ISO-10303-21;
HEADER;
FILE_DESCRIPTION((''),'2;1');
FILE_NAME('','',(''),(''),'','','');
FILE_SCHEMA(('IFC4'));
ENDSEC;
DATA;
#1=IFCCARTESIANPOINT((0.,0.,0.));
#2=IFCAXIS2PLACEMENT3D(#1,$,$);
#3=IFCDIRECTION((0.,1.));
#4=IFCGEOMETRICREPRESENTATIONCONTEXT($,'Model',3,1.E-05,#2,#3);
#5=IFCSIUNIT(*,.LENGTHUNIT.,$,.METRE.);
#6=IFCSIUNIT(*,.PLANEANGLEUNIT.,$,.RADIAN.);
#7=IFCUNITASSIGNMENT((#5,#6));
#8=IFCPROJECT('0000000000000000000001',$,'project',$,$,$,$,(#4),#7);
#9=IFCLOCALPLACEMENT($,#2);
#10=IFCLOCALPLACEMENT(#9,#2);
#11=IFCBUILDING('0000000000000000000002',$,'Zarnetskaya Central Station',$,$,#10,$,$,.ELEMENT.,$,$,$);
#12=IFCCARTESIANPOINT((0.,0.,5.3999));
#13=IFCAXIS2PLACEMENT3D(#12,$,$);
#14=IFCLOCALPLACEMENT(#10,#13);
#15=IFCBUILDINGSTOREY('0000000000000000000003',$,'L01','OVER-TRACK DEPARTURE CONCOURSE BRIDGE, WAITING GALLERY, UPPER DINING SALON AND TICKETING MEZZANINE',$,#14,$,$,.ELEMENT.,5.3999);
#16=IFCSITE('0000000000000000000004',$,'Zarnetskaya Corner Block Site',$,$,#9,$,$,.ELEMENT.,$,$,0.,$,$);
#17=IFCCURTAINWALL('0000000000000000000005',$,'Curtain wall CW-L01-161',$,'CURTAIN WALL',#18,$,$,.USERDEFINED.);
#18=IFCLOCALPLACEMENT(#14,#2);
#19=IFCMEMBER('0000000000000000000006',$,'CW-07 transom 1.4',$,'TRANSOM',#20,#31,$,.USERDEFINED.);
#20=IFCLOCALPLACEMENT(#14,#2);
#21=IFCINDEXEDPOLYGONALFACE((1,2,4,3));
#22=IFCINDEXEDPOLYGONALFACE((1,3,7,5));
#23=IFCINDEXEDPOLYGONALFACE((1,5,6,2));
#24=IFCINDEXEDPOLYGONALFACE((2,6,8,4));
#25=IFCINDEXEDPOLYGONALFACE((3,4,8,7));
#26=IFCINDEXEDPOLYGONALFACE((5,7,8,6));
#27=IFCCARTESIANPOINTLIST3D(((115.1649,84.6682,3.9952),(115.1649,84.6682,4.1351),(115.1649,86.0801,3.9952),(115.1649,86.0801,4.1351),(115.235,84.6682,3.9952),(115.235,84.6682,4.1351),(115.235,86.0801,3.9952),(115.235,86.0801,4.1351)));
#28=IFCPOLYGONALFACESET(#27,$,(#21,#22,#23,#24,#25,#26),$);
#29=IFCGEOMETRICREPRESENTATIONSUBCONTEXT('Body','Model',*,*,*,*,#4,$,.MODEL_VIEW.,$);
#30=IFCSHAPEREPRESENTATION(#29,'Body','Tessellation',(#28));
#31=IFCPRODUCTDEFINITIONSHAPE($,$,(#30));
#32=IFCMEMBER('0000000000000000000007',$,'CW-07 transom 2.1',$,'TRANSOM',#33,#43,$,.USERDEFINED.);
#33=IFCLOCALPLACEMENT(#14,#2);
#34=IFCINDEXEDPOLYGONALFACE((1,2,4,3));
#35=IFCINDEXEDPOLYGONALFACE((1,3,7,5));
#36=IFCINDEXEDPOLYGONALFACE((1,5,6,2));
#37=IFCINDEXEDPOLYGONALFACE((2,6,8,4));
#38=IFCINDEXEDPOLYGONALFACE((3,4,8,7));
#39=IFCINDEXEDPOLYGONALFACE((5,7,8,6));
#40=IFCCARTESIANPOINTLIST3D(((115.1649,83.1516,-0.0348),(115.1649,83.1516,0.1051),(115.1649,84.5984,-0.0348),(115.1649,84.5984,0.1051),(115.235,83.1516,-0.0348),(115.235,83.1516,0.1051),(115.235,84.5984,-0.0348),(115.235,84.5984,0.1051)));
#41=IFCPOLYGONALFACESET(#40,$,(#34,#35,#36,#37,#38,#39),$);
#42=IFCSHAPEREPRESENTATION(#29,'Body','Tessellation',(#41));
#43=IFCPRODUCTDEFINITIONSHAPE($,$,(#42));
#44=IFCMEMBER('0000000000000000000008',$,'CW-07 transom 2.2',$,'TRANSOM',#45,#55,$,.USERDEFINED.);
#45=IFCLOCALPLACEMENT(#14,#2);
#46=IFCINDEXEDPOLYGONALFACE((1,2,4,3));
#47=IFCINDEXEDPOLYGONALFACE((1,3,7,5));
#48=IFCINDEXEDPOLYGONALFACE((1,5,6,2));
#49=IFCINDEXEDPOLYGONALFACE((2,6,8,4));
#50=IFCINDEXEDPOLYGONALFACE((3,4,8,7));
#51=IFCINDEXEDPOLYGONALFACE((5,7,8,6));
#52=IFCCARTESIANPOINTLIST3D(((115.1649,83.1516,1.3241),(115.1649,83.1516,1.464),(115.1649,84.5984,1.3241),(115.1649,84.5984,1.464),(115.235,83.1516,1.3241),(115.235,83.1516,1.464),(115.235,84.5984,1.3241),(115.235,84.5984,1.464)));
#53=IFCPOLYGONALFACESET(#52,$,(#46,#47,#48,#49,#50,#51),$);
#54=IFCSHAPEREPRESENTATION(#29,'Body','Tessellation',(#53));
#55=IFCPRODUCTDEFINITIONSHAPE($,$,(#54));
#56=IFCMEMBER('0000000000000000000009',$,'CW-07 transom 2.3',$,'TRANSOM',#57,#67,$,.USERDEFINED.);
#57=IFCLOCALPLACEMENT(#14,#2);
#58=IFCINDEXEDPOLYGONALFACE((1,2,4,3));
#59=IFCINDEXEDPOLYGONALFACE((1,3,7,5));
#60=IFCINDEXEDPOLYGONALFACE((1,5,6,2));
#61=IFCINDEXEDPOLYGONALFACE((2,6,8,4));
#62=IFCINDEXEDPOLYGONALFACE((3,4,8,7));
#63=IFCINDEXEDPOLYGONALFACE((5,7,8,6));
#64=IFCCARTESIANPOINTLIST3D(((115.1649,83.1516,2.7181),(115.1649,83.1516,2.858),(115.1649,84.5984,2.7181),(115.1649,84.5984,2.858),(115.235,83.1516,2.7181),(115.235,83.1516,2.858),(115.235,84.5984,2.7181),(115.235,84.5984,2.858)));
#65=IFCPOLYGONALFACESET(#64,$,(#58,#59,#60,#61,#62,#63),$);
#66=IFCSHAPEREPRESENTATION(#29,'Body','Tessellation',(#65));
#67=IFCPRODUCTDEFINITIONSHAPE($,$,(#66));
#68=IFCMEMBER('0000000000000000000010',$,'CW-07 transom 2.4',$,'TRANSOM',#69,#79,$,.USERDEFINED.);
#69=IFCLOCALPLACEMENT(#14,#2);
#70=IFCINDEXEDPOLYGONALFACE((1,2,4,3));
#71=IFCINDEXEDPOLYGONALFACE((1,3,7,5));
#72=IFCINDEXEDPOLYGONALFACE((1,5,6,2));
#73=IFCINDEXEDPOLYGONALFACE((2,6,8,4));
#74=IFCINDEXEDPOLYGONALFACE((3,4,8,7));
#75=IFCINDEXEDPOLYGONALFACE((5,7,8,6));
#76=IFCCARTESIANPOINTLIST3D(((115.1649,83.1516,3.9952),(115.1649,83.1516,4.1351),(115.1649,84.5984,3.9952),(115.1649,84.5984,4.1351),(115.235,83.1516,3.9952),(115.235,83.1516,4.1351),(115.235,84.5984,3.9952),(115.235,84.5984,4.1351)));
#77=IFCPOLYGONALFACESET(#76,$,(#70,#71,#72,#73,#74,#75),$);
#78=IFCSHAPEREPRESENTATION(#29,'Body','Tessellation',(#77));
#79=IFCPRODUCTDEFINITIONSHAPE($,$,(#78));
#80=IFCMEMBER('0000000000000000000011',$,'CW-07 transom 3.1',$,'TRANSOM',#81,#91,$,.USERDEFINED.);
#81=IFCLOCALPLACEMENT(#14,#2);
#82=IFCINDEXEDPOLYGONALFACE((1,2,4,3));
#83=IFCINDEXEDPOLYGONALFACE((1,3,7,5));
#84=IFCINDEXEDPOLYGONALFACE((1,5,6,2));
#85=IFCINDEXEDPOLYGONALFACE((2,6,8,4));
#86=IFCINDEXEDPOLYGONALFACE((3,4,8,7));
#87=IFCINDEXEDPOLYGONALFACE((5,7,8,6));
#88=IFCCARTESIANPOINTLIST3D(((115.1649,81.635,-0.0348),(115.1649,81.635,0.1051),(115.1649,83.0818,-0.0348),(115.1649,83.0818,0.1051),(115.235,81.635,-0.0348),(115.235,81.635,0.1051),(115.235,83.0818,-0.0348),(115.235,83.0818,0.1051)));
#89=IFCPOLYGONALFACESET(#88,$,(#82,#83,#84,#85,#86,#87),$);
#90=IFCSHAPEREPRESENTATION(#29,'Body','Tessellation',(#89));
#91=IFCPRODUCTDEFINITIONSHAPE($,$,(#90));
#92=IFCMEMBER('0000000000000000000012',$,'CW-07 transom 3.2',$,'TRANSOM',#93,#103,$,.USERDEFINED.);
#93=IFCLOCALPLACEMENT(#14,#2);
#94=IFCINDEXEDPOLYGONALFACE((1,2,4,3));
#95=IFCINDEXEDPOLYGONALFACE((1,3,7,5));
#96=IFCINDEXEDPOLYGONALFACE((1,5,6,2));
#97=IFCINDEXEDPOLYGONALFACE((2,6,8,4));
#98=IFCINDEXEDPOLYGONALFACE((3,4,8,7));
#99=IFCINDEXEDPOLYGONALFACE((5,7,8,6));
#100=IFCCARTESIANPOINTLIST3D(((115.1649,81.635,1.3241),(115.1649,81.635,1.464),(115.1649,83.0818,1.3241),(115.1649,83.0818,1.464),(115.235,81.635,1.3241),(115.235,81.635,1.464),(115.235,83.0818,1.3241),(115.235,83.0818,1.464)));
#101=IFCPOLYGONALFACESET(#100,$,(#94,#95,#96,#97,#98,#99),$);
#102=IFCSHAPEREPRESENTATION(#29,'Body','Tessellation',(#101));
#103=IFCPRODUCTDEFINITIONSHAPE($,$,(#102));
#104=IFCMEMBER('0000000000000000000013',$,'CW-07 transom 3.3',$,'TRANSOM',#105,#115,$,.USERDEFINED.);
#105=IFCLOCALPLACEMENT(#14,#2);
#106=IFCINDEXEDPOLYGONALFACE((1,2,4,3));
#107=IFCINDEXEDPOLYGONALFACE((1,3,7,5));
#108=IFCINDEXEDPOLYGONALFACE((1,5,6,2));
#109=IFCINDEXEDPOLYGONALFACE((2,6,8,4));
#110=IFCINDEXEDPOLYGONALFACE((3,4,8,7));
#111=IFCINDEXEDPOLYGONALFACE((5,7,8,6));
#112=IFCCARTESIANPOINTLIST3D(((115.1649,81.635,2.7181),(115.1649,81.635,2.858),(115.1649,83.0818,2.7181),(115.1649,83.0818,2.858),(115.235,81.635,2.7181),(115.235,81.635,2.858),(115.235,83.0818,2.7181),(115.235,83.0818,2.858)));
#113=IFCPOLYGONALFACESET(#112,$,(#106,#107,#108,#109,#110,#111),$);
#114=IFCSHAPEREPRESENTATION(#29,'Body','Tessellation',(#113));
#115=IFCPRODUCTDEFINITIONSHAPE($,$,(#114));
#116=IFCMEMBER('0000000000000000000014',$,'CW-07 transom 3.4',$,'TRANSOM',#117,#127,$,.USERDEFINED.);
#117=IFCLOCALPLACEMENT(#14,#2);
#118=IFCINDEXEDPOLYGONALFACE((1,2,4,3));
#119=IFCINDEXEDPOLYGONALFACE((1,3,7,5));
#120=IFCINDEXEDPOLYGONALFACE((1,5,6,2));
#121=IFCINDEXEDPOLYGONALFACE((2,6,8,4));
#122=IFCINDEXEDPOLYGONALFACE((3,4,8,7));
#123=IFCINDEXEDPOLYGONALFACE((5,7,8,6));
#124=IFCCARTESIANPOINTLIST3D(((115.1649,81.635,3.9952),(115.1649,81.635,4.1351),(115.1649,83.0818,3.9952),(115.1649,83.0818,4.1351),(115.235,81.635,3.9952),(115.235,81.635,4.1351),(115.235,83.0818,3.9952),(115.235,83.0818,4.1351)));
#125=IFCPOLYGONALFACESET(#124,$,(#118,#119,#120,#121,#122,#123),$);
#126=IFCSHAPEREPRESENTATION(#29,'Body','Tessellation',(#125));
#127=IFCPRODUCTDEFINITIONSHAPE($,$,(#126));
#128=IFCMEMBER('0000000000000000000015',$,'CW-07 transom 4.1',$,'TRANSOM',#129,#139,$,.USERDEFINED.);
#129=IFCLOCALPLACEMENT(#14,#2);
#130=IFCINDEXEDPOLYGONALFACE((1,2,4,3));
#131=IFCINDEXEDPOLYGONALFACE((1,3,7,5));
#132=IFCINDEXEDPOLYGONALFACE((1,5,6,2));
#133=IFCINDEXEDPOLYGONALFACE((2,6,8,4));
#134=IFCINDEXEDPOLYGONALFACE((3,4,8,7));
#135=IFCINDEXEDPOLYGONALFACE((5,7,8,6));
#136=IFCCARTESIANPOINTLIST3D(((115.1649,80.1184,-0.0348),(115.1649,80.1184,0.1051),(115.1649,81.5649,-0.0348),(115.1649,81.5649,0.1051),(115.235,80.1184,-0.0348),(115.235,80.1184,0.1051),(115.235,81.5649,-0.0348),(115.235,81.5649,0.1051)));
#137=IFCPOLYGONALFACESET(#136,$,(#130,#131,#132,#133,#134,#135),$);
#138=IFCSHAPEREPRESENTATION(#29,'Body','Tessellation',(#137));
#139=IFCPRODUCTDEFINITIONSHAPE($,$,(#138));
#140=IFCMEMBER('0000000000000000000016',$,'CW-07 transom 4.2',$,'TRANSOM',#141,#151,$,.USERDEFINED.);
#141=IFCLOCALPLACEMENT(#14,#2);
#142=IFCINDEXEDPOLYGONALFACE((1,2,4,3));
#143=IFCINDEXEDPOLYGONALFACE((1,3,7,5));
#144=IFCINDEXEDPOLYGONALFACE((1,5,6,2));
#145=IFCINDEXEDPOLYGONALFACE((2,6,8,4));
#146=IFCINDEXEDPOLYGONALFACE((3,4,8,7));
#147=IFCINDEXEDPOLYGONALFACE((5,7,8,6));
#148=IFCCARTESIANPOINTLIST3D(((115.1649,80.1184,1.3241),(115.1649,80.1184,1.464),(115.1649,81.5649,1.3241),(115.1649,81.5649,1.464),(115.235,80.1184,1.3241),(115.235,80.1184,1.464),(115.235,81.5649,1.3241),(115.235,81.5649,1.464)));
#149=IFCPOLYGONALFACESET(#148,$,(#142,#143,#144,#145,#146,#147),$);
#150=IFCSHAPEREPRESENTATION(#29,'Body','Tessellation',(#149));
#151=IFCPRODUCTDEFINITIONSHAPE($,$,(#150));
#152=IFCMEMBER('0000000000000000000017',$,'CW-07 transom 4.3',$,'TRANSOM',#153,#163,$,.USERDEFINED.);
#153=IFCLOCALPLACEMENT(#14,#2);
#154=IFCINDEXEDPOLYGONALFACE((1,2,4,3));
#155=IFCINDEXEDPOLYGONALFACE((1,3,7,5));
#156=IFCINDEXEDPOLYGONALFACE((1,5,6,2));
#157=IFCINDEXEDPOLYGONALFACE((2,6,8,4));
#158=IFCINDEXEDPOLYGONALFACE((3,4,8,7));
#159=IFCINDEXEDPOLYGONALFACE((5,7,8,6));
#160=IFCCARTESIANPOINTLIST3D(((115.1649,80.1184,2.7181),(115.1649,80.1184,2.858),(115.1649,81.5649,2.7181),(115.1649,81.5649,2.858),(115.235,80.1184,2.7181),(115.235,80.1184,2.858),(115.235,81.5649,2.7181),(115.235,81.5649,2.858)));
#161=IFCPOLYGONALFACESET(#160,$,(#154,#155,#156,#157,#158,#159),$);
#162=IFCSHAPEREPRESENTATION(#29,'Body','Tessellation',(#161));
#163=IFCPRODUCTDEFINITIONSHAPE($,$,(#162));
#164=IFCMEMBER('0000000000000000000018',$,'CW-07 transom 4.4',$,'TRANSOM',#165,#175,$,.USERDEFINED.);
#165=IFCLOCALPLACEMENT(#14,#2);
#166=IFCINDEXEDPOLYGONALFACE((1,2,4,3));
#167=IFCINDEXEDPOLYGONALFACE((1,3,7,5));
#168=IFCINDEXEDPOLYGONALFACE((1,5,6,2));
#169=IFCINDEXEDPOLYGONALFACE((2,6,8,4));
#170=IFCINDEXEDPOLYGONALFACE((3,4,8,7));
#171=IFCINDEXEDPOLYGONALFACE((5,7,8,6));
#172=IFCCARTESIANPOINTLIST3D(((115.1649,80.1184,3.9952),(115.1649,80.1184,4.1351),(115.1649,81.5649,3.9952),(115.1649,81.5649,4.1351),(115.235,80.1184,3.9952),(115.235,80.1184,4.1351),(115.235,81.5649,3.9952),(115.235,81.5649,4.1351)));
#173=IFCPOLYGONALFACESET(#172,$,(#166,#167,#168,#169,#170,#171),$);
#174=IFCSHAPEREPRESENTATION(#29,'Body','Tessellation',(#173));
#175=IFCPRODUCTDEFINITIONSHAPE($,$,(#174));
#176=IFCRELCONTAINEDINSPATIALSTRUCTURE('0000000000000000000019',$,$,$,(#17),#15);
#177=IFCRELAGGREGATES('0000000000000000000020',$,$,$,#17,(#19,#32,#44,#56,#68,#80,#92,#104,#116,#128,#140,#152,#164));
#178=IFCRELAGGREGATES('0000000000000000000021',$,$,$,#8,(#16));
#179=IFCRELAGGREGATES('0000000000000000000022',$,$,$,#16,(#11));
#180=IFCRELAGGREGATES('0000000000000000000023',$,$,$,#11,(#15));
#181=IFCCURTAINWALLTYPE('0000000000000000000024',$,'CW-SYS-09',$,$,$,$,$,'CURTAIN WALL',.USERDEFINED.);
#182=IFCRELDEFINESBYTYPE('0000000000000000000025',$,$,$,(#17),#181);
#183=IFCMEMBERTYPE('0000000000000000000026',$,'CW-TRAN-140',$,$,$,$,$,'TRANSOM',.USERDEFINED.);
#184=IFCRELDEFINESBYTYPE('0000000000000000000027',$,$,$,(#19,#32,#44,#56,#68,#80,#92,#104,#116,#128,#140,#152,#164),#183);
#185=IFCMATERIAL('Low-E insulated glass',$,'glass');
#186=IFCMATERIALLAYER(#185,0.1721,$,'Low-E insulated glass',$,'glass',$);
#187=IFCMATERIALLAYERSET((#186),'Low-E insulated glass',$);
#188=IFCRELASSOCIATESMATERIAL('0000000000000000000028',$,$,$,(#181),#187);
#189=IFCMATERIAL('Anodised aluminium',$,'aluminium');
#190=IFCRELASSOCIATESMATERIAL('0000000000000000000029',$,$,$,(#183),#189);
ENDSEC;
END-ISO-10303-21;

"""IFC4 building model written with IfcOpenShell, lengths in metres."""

from ifc_helpers import new_model, si_unit, direction, frame, origin, origin_2d, place, context, subcontext, project, spatial, rectangle, extrude, material, layer, layer_set, material_profile, profile_set, type_object, element, aggregate, save


model = new_model("IFC4")

# Units and contexts
model_context = context("Model", 3, precision=1e-05, world=origin(), true_north=direction((0.0, 1.0)))
body_context = subcontext(model_context, "Body", "Model", "MODEL_VIEW")
ifc_project = project(units=[si_unit("LENGTHUNIT", "METRE"), si_unit("PLANEANGLEUNIT", "RADIAN")], contexts=[model_context])

# Site, building, storey
site_placement = place(None, origin())
site = spatial("IfcSite", under=ifc_project, at=site_placement, Name="Zarnetskaya Corner Block Site", CompositionType="ELEMENT", RefElevation=0.0)
building_placement = place(site_placement, origin())
building = spatial("IfcBuilding", under=site, at=building_placement, Name="Zarnetskaya Central Station", CompositionType="ELEMENT")
storey_placement = place(building_placement, frame((0.0, 0.0, 5.3999)))
storey = spatial("IfcBuildingStorey", under=building, at=storey_placement, Name="L01", Description="OVER-TRACK DEPARTURE CONCOURSE BRIDGE, WAITING GALLERY, UPPER DINING SALON AND TICKETING MEZZANINE", CompositionType="ELEMENT", Elevation=5.3999)

# Curtain wall, members
ifc_material_1 = material(Name="Low-E insulated glass", Category="glass")
ifc_layer_1 = layer(ifc_material_1, 0.1721, Name="Low-E insulated glass", Category="glass")
ifc_layer_set_1 = layer_set([ifc_layer_1], Name="Low-E insulated glass")
curtain_wall_type = type_object("IfcCurtainWallType", Name="CW-SYS-09", ElementType="CURTAIN WALL", PredefinedType="USERDEFINED", material=ifc_layer_set_1)
curtain_wall_placement = place(storey_placement, origin())
curtain_wall = element("IfcCurtainWall", 1, at=curtain_wall_placement, inside=storey, type_object=curtain_wall_type, Name="Curtain wall CW-L01-161", ObjectType="CURTAIN WALL", PredefinedType="USERDEFINED")
ifc_material_2 = material(Name="Anodised aluminium", Category="aluminium")
ifc_material_profile_1 = material_profile(ifc_material_2, rectangle(XDim=0.0701, YDim=0.1399, at=origin_2d()), Name="ALU TRAN 70x140")
ifc_profile_set_1 = profile_set([ifc_material_profile_1], Name="Anodised aluminium")
member_type_1 = type_object("IfcMemberType", Name="CW-TRAN-140", ElementType="TRANSOM", PredefinedType="USERDEFINED", material=ifc_profile_set_1)
member_1_placement = place(storey_placement, frame((115.2, 86.0801, 4.0652), z_axis=(0.0, -1.0, 0.0), x_axis=(1.0, 0.0, 0.0)))
member_1 = element("IfcMember", 2, at=member_1_placement, type_object=member_type_1, Name="CW-07 transom 1.4", ObjectType="TRANSOM", PredefinedType="USERDEFINED", context=body_context, shape_type="SweptSolid", body=[
    extrude(rectangle(XDim=0.0701, YDim=0.1399, at=origin_2d()), origin(), (0.0, 0.0, 1.0), 1.4119),
])
member_2_placement = place(storey_placement, frame((115.2, 84.5984, 0.0352), z_axis=(0.0, -1.0, 0.0), x_axis=(1.0, 0.0, 0.0)))
member_2 = element("IfcMember", 3, at=member_2_placement, type_object=member_type_1, Name="CW-07 transom 2.1", ObjectType="TRANSOM", PredefinedType="USERDEFINED", context=body_context, shape_type="SweptSolid", body=[
    extrude(rectangle(XDim=0.0701, YDim=0.1399, at=origin_2d()), origin(), (0.0, 0.0, 1.0), 1.4468),
])
member_3_placement = place(storey_placement, frame((115.2, 84.5984, 1.394), z_axis=(0.0, -1.0, 0.0), x_axis=(1.0, 0.0, 0.0)))
member_3 = element("IfcMember", 4, at=member_3_placement, type_object=member_type_1, Name="CW-07 transom 2.2", ObjectType="TRANSOM", PredefinedType="USERDEFINED", context=body_context, shape_type="SweptSolid", body=[
    extrude(rectangle(XDim=0.0701, YDim=0.1399, at=origin_2d()), origin(), (0.0, 0.0, 1.0), 1.4468),
])
member_4_placement = place(storey_placement, frame((115.2, 84.5984, 2.7881), z_axis=(0.0, -1.0, 0.0), x_axis=(1.0, 0.0, 0.0)))
member_4 = element("IfcMember", 5, at=member_4_placement, type_object=member_type_1, Name="CW-07 transom 2.3", ObjectType="TRANSOM", PredefinedType="USERDEFINED", context=body_context, shape_type="SweptSolid", body=[
    extrude(rectangle(XDim=0.0701, YDim=0.1399, at=origin_2d()), origin(), (0.0, 0.0, 1.0), 1.4468),
])
member_5_placement = place(storey_placement, frame((115.2, 84.5984, 4.0652), z_axis=(0.0, -1.0, 0.0), x_axis=(1.0, 0.0, 0.0)))
member_5 = element("IfcMember", 6, at=member_5_placement, type_object=member_type_1, Name="CW-07 transom 2.4", ObjectType="TRANSOM", PredefinedType="USERDEFINED", context=body_context, shape_type="SweptSolid", body=[
    extrude(rectangle(XDim=0.0701, YDim=0.1399, at=origin_2d()), origin(), (0.0, 0.0, 1.0), 1.4468),
])
member_6_placement = place(storey_placement, frame((115.2, 83.0818, 0.0352), z_axis=(0.0, -1.0, 0.0), x_axis=(1.0, 0.0, 0.0)))
member_6 = element("IfcMember", 7, at=member_6_placement, type_object=member_type_1, Name="CW-07 transom 3.1", ObjectType="TRANSOM", PredefinedType="USERDEFINED", context=body_context, shape_type="SweptSolid", body=[
    extrude(rectangle(XDim=0.0701, YDim=0.1399, at=origin_2d()), origin(), (0.0, 0.0, 1.0), 1.4468),
])
member_7_placement = place(storey_placement, frame((115.2, 83.0818, 1.394), z_axis=(0.0, -1.0, 0.0), x_axis=(1.0, 0.0, 0.0)))
member_7 = element("IfcMember", 8, at=member_7_placement, type_object=member_type_1, Name="CW-07 transom 3.2", ObjectType="TRANSOM", PredefinedType="USERDEFINED", context=body_context, shape_type="SweptSolid", body=[
    extrude(rectangle(XDim=0.0701, YDim=0.1399, at=origin_2d()), origin(), (0.0, 0.0, 1.0), 1.4468),
])
member_8_placement = place(storey_placement, frame((115.2, 83.0818, 2.7881), z_axis=(0.0, -1.0, 0.0), x_axis=(1.0, 0.0, 0.0)))
member_8 = element("IfcMember", 9, at=member_8_placement, type_object=member_type_1, Name="CW-07 transom 3.3", ObjectType="TRANSOM", PredefinedType="USERDEFINED", context=body_context, shape_type="SweptSolid", body=[
    extrude(rectangle(XDim=0.0701, YDim=0.1399, at=origin_2d()), origin(), (0.0, 0.0, 1.0), 1.4468),
])
member_9_placement = place(storey_placement, frame((115.2, 83.0818, 4.0652), z_axis=(0.0, -1.0, 0.0), x_axis=(1.0, 0.0, 0.0)))
member_9 = element("IfcMember", 10, at=member_9_placement, type_object=member_type_1, Name="CW-07 transom 3.4", ObjectType="TRANSOM", PredefinedType="USERDEFINED", context=body_context, shape_type="SweptSolid", body=[
    extrude(rectangle(XDim=0.0701, YDim=0.1399, at=origin_2d()), origin(), (0.0, 0.0, 1.0), 1.4468),
])
member_10_placement = place(storey_placement, frame((115.2, 81.5649, 0.0352), z_axis=(0.0, -1.0, 0.0), x_axis=(1.0, 0.0, 0.0)))
member_10 = element("IfcMember", 11, at=member_10_placement, type_object=member_type_1, Name="CW-07 transom 4.1", ObjectType="TRANSOM", PredefinedType="USERDEFINED", context=body_context, shape_type="SweptSolid", body=[
    extrude(rectangle(XDim=0.0701, YDim=0.1399, at=origin_2d()), origin(), (0.0, 0.0, 1.0), 1.4465),
])
member_11_placement = place(storey_placement, frame((115.2, 81.5649, 1.394), z_axis=(0.0, -1.0, 0.0), x_axis=(1.0, 0.0, 0.0)))
member_11 = element("IfcMember", 12, at=member_11_placement, type_object=member_type_1, Name="CW-07 transom 4.2", ObjectType="TRANSOM", PredefinedType="USERDEFINED", context=body_context, shape_type="SweptSolid", body=[
    extrude(rectangle(XDim=0.0701, YDim=0.1399, at=origin_2d()), origin(), (0.0, 0.0, 1.0), 1.4465),
])
member_12_placement = place(storey_placement, frame((115.2, 81.5649, 2.7881), z_axis=(0.0, -1.0, 0.0), x_axis=(1.0, 0.0, 0.0)))
member_12 = element("IfcMember", 13, at=member_12_placement, type_object=member_type_1, Name="CW-07 transom 4.3", ObjectType="TRANSOM", PredefinedType="USERDEFINED", context=body_context, shape_type="SweptSolid", body=[
    extrude(rectangle(XDim=0.0701, YDim=0.1399, at=origin_2d()), origin(), (0.0, 0.0, 1.0), 1.4465),
])
member_13_placement = place(storey_placement, frame((115.2, 81.5649, 4.0652), z_axis=(0.0, -1.0, 0.0), x_axis=(1.0, 0.0, 0.0)))
member_13 = element("IfcMember", 14, at=member_13_placement, type_object=member_type_1, Name="CW-07 transom 4.4", ObjectType="TRANSOM", PredefinedType="USERDEFINED", context=body_context, shape_type="SweptSolid", body=[
    extrude(rectangle(XDim=0.0701, YDim=0.1399, at=origin_2d()), origin(), (0.0, 0.0, 1.0), 1.4465),
])

aggregate(curtain_wall, [member_1, member_2, member_3, member_4, member_5, member_6, member_7, member_8, member_9, member_10, member_11, member_12, member_13])

save(model, "model.ifc")
